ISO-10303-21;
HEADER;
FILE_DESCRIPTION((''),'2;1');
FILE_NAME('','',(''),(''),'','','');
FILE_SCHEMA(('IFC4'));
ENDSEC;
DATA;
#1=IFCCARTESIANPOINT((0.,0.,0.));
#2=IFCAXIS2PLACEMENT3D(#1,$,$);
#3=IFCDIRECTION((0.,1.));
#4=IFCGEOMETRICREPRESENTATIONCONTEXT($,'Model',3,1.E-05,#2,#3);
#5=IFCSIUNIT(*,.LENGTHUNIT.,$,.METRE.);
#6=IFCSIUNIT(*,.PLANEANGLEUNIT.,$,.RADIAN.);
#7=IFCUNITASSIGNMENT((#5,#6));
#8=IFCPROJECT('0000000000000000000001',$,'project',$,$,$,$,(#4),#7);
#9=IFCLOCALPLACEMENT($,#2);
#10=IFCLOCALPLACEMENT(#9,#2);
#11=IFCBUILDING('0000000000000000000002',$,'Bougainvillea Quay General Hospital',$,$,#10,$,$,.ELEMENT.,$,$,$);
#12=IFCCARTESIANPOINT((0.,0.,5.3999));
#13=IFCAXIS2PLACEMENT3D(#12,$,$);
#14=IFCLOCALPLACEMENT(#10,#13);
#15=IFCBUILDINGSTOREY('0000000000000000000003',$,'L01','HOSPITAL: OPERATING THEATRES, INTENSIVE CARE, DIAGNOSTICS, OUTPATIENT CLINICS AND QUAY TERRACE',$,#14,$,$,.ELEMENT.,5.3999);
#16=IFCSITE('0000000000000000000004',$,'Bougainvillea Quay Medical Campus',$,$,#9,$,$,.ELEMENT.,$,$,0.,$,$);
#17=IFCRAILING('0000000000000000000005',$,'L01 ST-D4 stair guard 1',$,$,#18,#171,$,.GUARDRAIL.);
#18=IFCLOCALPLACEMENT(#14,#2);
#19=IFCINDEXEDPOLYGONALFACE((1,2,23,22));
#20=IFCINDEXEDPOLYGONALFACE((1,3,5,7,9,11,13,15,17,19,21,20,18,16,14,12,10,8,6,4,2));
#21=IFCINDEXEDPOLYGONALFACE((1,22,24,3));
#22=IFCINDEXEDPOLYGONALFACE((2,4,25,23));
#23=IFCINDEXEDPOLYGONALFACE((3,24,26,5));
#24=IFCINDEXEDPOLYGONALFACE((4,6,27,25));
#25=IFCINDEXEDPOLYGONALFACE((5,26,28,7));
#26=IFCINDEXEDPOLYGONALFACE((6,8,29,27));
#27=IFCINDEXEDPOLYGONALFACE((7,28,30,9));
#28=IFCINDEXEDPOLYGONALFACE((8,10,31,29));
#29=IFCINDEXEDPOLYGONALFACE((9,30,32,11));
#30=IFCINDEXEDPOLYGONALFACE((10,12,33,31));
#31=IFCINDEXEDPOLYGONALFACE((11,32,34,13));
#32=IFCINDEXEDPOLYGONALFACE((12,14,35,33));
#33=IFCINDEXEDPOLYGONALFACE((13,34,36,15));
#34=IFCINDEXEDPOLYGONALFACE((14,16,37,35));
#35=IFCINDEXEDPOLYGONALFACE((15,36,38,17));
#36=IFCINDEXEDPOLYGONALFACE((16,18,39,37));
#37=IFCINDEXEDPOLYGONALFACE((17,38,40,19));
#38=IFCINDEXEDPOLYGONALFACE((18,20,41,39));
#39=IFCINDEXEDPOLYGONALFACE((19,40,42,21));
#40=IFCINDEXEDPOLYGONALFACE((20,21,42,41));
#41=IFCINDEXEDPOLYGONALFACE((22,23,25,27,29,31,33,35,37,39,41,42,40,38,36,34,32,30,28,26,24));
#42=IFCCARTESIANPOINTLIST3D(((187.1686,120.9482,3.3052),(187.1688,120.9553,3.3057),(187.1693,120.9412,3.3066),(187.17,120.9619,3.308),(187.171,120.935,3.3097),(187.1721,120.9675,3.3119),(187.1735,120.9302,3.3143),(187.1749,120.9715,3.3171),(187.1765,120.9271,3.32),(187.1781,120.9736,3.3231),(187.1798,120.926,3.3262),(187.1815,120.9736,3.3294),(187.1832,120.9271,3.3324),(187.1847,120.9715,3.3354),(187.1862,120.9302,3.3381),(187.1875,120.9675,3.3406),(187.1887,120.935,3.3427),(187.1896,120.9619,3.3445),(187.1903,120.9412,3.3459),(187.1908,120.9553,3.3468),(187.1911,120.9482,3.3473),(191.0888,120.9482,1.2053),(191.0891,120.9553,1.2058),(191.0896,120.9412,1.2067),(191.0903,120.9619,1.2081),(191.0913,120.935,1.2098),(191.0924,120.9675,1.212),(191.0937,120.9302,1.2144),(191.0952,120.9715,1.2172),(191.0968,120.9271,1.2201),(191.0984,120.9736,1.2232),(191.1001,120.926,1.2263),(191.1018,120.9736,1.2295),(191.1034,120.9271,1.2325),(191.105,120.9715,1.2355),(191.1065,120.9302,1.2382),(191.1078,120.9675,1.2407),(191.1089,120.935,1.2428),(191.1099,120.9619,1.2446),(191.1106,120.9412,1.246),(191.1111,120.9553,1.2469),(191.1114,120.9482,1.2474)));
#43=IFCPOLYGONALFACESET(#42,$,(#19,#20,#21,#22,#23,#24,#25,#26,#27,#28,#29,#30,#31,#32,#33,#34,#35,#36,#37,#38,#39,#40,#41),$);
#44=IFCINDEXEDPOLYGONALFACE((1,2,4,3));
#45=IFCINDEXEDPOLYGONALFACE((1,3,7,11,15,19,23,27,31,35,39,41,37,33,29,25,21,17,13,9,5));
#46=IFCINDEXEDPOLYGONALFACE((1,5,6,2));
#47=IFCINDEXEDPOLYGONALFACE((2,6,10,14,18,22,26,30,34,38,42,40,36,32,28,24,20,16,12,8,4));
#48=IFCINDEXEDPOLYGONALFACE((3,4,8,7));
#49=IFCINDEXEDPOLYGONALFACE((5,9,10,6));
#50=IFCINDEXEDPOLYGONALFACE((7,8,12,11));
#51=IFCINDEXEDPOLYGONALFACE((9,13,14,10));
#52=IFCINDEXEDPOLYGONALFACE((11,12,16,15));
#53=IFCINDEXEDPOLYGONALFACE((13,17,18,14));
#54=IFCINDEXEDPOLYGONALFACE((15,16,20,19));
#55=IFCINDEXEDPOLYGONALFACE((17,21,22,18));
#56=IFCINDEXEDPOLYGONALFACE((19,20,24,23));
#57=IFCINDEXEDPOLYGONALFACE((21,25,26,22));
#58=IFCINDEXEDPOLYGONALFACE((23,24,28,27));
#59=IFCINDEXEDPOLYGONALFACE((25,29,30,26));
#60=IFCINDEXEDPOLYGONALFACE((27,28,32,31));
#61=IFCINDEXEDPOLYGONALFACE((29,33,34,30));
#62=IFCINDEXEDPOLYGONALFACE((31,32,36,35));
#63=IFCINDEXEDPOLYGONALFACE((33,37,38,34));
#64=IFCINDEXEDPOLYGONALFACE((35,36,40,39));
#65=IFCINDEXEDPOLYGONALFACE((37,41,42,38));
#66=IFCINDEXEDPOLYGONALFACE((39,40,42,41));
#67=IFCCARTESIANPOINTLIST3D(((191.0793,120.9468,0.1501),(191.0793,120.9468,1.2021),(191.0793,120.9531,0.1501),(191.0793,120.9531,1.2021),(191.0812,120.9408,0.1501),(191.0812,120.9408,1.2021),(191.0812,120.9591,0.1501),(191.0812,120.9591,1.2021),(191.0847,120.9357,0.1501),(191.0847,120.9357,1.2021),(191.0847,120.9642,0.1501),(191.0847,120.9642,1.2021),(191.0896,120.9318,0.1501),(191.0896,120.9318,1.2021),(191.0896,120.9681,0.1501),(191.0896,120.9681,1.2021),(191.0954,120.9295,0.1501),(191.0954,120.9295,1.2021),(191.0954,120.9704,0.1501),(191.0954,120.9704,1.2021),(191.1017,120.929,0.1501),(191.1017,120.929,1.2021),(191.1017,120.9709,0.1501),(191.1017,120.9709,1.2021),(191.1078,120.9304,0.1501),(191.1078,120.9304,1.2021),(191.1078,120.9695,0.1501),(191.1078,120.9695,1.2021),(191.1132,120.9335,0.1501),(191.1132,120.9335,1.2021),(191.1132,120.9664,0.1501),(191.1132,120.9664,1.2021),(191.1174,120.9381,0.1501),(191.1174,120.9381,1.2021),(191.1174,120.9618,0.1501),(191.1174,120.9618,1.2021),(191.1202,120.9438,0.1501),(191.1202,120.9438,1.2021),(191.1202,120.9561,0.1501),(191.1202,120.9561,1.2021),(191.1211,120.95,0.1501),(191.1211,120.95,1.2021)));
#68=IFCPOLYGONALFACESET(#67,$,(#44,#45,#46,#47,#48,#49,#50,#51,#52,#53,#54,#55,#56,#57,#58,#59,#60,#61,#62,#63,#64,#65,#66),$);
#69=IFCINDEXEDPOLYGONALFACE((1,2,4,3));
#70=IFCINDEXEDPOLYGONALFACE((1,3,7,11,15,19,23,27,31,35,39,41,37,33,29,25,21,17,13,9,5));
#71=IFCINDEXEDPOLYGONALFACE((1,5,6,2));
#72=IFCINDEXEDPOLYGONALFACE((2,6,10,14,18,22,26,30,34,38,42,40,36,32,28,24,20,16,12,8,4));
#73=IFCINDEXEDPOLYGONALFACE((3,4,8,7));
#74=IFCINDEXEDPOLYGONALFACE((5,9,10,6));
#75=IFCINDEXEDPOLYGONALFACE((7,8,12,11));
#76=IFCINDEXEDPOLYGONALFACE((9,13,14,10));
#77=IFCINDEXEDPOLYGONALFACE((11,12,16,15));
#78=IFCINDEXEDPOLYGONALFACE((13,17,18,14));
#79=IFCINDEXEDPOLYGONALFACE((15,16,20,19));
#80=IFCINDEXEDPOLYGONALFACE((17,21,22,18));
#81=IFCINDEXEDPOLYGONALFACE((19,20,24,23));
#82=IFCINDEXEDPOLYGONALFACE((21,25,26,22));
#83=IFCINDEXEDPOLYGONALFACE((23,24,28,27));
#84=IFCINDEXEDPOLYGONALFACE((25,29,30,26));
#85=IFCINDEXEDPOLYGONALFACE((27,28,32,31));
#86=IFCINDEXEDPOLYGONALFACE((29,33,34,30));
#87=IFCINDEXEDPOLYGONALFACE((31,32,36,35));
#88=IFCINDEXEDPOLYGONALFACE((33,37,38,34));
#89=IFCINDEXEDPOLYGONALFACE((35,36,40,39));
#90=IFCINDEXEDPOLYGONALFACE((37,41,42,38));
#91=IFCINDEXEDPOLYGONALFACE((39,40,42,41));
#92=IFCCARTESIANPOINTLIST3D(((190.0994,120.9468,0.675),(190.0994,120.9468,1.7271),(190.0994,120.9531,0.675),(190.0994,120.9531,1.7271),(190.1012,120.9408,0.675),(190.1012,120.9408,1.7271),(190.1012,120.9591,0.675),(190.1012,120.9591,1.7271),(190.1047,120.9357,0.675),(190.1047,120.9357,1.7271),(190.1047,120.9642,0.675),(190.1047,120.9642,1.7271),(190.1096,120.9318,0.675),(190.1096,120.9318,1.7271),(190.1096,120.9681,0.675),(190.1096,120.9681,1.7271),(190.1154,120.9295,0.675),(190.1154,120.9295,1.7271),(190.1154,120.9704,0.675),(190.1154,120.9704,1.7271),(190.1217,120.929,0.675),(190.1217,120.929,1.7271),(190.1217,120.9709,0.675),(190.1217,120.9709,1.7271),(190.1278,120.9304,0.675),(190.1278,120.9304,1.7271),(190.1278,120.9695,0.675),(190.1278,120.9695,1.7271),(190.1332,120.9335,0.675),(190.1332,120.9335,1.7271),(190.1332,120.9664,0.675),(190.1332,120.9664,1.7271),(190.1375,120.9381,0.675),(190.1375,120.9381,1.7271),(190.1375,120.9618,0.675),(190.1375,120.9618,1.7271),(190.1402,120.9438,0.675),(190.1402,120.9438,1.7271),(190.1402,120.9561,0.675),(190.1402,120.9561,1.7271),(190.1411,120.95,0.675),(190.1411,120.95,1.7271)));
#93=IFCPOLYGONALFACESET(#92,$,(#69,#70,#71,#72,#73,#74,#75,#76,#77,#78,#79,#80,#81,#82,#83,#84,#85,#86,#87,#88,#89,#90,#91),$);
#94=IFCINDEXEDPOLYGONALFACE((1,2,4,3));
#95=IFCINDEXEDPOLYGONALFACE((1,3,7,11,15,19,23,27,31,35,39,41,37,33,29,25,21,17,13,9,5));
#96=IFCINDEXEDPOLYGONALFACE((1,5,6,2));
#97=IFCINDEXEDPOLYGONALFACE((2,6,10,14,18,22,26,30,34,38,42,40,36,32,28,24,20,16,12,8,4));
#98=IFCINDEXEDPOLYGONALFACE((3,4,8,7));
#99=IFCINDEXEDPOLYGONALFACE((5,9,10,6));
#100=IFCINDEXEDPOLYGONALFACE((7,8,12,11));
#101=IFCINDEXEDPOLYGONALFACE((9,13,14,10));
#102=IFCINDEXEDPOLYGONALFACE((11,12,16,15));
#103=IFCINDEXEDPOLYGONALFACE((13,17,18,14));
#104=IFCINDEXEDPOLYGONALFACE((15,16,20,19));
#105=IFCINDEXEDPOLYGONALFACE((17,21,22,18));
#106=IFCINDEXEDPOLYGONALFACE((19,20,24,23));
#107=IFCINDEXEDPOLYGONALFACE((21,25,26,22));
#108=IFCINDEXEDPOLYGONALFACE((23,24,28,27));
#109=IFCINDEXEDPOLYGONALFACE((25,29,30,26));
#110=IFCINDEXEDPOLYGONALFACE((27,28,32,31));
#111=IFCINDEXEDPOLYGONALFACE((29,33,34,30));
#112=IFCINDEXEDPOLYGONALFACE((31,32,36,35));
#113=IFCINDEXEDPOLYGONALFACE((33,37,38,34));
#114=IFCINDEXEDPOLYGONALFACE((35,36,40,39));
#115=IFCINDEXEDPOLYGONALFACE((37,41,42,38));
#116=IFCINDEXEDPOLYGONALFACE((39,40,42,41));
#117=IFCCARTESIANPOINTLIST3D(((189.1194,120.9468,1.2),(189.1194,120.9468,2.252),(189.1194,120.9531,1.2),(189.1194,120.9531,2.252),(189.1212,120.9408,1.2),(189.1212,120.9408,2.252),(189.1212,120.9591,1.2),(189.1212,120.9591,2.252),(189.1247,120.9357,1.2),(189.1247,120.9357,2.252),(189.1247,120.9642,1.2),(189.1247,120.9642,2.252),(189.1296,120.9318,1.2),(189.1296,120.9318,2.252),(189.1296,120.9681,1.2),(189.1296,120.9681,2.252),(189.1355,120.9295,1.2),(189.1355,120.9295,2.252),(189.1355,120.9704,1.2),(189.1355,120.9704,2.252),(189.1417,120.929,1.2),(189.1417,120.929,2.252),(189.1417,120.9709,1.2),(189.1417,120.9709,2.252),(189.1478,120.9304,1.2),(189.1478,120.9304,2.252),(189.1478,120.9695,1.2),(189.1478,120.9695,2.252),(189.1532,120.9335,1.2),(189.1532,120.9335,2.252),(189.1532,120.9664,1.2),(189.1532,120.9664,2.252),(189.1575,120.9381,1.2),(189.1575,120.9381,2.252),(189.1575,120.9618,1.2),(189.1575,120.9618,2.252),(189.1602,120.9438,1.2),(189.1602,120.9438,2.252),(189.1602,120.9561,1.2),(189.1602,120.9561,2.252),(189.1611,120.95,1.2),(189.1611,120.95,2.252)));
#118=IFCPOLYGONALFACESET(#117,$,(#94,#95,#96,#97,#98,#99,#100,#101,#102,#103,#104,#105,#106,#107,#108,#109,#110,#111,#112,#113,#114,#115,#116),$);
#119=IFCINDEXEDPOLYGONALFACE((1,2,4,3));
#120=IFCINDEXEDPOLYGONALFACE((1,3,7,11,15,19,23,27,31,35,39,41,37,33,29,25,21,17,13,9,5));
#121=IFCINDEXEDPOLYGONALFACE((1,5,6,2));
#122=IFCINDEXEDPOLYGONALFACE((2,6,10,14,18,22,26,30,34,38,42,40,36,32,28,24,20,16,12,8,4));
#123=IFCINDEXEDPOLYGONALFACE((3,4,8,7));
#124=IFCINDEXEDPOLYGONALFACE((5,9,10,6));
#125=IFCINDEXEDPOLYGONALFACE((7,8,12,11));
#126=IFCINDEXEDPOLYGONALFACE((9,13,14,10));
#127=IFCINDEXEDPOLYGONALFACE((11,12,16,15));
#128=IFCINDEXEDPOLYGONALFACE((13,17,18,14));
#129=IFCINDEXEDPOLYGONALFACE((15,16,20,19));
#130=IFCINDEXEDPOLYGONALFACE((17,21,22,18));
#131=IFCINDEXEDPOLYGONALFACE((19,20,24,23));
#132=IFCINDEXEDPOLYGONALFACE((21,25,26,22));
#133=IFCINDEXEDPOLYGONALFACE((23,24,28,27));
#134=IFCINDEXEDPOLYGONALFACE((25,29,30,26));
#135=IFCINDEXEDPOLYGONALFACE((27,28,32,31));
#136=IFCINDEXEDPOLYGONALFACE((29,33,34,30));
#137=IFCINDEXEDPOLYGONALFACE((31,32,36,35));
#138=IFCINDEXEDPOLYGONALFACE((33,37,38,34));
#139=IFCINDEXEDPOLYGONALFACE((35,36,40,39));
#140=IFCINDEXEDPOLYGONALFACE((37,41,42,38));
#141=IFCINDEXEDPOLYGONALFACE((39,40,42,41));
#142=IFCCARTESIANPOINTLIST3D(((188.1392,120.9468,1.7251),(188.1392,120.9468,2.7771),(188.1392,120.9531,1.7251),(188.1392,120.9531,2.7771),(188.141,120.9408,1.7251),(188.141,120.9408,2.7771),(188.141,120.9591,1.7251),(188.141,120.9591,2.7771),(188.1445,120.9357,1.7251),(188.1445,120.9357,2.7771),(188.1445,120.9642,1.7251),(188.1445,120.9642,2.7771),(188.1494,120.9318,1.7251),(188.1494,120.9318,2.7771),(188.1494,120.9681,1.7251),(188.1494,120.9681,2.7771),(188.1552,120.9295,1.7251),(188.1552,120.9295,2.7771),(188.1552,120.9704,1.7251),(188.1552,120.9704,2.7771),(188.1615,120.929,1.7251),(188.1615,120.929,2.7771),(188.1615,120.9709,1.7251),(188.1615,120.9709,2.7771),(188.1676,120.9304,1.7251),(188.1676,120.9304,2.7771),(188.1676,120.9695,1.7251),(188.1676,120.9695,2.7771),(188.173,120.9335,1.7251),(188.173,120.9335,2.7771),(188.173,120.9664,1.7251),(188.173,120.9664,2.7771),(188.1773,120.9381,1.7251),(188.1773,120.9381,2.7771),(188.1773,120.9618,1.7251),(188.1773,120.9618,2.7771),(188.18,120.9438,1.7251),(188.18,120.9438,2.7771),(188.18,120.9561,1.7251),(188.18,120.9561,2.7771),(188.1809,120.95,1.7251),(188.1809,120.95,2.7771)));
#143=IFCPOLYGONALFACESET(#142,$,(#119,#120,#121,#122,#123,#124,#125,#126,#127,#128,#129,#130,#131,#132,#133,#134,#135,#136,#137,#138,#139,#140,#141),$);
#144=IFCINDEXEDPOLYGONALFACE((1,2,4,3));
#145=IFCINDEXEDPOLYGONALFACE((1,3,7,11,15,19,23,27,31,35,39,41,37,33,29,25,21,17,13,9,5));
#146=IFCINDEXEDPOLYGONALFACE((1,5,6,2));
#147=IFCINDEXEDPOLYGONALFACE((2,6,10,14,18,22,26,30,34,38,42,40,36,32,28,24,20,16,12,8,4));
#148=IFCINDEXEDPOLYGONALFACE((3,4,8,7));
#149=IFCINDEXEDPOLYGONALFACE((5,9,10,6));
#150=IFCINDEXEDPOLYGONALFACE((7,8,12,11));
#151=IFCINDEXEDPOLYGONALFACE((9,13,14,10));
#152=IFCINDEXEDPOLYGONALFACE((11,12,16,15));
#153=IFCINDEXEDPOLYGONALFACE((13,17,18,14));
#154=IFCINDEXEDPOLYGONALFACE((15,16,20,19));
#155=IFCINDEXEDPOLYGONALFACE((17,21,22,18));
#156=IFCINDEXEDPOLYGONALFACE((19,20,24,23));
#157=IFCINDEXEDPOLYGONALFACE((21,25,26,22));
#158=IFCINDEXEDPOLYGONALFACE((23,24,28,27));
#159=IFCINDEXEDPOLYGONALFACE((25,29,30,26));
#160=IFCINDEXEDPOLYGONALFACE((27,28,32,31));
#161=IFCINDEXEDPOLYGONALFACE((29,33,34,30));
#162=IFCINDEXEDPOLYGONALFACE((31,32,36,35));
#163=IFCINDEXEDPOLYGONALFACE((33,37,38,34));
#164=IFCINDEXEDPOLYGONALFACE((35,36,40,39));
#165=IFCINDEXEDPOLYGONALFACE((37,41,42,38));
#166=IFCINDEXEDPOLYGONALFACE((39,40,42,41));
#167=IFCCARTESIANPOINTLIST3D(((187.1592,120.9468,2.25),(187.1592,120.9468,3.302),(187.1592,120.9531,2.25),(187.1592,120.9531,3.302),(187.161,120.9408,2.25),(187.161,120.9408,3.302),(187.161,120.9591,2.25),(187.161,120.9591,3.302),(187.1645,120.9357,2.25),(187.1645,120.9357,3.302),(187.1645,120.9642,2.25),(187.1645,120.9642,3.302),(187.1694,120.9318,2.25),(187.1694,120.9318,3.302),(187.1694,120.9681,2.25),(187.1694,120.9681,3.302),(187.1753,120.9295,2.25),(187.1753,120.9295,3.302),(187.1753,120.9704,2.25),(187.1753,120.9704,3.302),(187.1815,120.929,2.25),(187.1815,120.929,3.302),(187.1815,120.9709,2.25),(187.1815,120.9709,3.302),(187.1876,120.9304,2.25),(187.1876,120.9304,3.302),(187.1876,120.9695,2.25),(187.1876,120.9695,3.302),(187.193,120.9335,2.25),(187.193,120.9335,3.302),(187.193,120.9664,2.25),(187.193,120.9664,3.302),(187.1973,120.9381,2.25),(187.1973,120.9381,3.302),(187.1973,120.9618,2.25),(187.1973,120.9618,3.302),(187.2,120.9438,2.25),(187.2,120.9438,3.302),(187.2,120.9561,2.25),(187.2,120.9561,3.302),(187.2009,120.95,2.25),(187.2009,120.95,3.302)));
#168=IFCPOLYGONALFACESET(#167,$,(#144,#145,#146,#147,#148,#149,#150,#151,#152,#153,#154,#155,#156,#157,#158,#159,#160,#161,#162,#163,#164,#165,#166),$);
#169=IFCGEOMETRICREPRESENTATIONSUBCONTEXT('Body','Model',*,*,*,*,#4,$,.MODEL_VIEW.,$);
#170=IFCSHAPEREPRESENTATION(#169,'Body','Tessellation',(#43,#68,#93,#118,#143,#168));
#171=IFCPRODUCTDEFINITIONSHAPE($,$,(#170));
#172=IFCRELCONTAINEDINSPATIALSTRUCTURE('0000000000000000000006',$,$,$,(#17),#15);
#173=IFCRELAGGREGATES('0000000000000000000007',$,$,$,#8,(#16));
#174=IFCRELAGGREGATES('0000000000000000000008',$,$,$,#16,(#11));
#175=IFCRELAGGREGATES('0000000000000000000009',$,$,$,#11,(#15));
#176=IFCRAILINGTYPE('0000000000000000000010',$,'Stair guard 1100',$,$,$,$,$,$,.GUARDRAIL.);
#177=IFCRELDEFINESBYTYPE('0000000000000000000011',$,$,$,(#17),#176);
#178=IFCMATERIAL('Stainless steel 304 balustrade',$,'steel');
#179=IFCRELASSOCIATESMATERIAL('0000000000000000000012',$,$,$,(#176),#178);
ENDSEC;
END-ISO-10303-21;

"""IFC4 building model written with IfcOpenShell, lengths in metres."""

from ifc_helpers import new_model, si_unit, direction, frame, origin, origin_2d, place, context, subcontext, project, spatial, circle, extrude, material, type_object, element, save


model = new_model("IFC4")

# Units and contexts
model_context = context("Model", 3, precision=1e-05, world=origin(), true_north=direction((0.0, 1.0)))
body_context = subcontext(model_context, "Body", "Model", "MODEL_VIEW")
ifc_project = project(units=[si_unit("LENGTHUNIT", "METRE"), si_unit("PLANEANGLEUNIT", "RADIAN")], contexts=[model_context])

# Site, building, storey
site_placement = place(None, origin())
site = spatial("IfcSite", under=ifc_project, at=site_placement, Name="Bougainvillea Quay Medical Campus", CompositionType="ELEMENT", RefElevation=0.0)
building_placement = place(site_placement, origin())
building = spatial("IfcBuilding", under=site, at=building_placement, Name="Bougainvillea Quay General Hospital", CompositionType="ELEMENT")
storey_placement = place(building_placement, frame((0.0, 0.0, 5.3999)))
storey = spatial("IfcBuildingStorey", under=building, at=storey_placement, Name="L01", Description="HOSPITAL: OPERATING THEATRES, INTENSIVE CARE, DIAGNOSTICS, OUTPATIENT CLINICS AND QUAY TERRACE", CompositionType="ELEMENT", Elevation=5.3999)

# Railing
ifc_material_1 = material(Name="Stainless steel 304 balustrade", Category="steel")
railing_type_1 = type_object("IfcRailingType", Name="Stair guard 1100", PredefinedType="GUARDRAIL", material=ifc_material_1)
railing_1_placement = place(storey_placement, frame((191.1001, 120.95, 0.1501)))
element("IfcRailing", 1, at=railing_1_placement, inside=storey, type_object=railing_type_1, Name="L01 ST-D4 stair guard 1", PredefinedType="GUARDRAIL", context=body_context, shape_type="SweptSolid", body=[
    extrude(circle(Radius=0.0239, at=origin_2d()), frame((0.0, 0.0, 1.0762), z_axis=(-0.881502, 0.0, 0.47218), x_axis=(0.0, -1.0, 0.0)), (0.0, 0.0, 1.0), 4.4473),
    extrude(circle(Radius=0.021, at=origin_2d()), origin(), (0.0, 0.0, 1.0), 1.052),
    extrude(circle(Radius=0.021, at=origin_2d()), frame((-0.98, 0.0, 0.5249)), (0.0, 0.0, 1.0), 1.052),
    extrude(circle(Radius=0.021, at=origin_2d()), frame((-1.96, 0.0, 1.0498)), (0.0, 0.0, 1.0), 1.052),
    extrude(circle(Radius=0.021, at=origin_2d()), frame((-2.9402, 0.0, 1.575)), (0.0, 0.0, 1.0), 1.052),
    extrude(circle(Radius=0.021, at=origin_2d()), frame((-3.9202, 0.0, 2.0999)), (0.0, 0.0, 1.0), 1.052),
])

save(model, "model.ifc")
